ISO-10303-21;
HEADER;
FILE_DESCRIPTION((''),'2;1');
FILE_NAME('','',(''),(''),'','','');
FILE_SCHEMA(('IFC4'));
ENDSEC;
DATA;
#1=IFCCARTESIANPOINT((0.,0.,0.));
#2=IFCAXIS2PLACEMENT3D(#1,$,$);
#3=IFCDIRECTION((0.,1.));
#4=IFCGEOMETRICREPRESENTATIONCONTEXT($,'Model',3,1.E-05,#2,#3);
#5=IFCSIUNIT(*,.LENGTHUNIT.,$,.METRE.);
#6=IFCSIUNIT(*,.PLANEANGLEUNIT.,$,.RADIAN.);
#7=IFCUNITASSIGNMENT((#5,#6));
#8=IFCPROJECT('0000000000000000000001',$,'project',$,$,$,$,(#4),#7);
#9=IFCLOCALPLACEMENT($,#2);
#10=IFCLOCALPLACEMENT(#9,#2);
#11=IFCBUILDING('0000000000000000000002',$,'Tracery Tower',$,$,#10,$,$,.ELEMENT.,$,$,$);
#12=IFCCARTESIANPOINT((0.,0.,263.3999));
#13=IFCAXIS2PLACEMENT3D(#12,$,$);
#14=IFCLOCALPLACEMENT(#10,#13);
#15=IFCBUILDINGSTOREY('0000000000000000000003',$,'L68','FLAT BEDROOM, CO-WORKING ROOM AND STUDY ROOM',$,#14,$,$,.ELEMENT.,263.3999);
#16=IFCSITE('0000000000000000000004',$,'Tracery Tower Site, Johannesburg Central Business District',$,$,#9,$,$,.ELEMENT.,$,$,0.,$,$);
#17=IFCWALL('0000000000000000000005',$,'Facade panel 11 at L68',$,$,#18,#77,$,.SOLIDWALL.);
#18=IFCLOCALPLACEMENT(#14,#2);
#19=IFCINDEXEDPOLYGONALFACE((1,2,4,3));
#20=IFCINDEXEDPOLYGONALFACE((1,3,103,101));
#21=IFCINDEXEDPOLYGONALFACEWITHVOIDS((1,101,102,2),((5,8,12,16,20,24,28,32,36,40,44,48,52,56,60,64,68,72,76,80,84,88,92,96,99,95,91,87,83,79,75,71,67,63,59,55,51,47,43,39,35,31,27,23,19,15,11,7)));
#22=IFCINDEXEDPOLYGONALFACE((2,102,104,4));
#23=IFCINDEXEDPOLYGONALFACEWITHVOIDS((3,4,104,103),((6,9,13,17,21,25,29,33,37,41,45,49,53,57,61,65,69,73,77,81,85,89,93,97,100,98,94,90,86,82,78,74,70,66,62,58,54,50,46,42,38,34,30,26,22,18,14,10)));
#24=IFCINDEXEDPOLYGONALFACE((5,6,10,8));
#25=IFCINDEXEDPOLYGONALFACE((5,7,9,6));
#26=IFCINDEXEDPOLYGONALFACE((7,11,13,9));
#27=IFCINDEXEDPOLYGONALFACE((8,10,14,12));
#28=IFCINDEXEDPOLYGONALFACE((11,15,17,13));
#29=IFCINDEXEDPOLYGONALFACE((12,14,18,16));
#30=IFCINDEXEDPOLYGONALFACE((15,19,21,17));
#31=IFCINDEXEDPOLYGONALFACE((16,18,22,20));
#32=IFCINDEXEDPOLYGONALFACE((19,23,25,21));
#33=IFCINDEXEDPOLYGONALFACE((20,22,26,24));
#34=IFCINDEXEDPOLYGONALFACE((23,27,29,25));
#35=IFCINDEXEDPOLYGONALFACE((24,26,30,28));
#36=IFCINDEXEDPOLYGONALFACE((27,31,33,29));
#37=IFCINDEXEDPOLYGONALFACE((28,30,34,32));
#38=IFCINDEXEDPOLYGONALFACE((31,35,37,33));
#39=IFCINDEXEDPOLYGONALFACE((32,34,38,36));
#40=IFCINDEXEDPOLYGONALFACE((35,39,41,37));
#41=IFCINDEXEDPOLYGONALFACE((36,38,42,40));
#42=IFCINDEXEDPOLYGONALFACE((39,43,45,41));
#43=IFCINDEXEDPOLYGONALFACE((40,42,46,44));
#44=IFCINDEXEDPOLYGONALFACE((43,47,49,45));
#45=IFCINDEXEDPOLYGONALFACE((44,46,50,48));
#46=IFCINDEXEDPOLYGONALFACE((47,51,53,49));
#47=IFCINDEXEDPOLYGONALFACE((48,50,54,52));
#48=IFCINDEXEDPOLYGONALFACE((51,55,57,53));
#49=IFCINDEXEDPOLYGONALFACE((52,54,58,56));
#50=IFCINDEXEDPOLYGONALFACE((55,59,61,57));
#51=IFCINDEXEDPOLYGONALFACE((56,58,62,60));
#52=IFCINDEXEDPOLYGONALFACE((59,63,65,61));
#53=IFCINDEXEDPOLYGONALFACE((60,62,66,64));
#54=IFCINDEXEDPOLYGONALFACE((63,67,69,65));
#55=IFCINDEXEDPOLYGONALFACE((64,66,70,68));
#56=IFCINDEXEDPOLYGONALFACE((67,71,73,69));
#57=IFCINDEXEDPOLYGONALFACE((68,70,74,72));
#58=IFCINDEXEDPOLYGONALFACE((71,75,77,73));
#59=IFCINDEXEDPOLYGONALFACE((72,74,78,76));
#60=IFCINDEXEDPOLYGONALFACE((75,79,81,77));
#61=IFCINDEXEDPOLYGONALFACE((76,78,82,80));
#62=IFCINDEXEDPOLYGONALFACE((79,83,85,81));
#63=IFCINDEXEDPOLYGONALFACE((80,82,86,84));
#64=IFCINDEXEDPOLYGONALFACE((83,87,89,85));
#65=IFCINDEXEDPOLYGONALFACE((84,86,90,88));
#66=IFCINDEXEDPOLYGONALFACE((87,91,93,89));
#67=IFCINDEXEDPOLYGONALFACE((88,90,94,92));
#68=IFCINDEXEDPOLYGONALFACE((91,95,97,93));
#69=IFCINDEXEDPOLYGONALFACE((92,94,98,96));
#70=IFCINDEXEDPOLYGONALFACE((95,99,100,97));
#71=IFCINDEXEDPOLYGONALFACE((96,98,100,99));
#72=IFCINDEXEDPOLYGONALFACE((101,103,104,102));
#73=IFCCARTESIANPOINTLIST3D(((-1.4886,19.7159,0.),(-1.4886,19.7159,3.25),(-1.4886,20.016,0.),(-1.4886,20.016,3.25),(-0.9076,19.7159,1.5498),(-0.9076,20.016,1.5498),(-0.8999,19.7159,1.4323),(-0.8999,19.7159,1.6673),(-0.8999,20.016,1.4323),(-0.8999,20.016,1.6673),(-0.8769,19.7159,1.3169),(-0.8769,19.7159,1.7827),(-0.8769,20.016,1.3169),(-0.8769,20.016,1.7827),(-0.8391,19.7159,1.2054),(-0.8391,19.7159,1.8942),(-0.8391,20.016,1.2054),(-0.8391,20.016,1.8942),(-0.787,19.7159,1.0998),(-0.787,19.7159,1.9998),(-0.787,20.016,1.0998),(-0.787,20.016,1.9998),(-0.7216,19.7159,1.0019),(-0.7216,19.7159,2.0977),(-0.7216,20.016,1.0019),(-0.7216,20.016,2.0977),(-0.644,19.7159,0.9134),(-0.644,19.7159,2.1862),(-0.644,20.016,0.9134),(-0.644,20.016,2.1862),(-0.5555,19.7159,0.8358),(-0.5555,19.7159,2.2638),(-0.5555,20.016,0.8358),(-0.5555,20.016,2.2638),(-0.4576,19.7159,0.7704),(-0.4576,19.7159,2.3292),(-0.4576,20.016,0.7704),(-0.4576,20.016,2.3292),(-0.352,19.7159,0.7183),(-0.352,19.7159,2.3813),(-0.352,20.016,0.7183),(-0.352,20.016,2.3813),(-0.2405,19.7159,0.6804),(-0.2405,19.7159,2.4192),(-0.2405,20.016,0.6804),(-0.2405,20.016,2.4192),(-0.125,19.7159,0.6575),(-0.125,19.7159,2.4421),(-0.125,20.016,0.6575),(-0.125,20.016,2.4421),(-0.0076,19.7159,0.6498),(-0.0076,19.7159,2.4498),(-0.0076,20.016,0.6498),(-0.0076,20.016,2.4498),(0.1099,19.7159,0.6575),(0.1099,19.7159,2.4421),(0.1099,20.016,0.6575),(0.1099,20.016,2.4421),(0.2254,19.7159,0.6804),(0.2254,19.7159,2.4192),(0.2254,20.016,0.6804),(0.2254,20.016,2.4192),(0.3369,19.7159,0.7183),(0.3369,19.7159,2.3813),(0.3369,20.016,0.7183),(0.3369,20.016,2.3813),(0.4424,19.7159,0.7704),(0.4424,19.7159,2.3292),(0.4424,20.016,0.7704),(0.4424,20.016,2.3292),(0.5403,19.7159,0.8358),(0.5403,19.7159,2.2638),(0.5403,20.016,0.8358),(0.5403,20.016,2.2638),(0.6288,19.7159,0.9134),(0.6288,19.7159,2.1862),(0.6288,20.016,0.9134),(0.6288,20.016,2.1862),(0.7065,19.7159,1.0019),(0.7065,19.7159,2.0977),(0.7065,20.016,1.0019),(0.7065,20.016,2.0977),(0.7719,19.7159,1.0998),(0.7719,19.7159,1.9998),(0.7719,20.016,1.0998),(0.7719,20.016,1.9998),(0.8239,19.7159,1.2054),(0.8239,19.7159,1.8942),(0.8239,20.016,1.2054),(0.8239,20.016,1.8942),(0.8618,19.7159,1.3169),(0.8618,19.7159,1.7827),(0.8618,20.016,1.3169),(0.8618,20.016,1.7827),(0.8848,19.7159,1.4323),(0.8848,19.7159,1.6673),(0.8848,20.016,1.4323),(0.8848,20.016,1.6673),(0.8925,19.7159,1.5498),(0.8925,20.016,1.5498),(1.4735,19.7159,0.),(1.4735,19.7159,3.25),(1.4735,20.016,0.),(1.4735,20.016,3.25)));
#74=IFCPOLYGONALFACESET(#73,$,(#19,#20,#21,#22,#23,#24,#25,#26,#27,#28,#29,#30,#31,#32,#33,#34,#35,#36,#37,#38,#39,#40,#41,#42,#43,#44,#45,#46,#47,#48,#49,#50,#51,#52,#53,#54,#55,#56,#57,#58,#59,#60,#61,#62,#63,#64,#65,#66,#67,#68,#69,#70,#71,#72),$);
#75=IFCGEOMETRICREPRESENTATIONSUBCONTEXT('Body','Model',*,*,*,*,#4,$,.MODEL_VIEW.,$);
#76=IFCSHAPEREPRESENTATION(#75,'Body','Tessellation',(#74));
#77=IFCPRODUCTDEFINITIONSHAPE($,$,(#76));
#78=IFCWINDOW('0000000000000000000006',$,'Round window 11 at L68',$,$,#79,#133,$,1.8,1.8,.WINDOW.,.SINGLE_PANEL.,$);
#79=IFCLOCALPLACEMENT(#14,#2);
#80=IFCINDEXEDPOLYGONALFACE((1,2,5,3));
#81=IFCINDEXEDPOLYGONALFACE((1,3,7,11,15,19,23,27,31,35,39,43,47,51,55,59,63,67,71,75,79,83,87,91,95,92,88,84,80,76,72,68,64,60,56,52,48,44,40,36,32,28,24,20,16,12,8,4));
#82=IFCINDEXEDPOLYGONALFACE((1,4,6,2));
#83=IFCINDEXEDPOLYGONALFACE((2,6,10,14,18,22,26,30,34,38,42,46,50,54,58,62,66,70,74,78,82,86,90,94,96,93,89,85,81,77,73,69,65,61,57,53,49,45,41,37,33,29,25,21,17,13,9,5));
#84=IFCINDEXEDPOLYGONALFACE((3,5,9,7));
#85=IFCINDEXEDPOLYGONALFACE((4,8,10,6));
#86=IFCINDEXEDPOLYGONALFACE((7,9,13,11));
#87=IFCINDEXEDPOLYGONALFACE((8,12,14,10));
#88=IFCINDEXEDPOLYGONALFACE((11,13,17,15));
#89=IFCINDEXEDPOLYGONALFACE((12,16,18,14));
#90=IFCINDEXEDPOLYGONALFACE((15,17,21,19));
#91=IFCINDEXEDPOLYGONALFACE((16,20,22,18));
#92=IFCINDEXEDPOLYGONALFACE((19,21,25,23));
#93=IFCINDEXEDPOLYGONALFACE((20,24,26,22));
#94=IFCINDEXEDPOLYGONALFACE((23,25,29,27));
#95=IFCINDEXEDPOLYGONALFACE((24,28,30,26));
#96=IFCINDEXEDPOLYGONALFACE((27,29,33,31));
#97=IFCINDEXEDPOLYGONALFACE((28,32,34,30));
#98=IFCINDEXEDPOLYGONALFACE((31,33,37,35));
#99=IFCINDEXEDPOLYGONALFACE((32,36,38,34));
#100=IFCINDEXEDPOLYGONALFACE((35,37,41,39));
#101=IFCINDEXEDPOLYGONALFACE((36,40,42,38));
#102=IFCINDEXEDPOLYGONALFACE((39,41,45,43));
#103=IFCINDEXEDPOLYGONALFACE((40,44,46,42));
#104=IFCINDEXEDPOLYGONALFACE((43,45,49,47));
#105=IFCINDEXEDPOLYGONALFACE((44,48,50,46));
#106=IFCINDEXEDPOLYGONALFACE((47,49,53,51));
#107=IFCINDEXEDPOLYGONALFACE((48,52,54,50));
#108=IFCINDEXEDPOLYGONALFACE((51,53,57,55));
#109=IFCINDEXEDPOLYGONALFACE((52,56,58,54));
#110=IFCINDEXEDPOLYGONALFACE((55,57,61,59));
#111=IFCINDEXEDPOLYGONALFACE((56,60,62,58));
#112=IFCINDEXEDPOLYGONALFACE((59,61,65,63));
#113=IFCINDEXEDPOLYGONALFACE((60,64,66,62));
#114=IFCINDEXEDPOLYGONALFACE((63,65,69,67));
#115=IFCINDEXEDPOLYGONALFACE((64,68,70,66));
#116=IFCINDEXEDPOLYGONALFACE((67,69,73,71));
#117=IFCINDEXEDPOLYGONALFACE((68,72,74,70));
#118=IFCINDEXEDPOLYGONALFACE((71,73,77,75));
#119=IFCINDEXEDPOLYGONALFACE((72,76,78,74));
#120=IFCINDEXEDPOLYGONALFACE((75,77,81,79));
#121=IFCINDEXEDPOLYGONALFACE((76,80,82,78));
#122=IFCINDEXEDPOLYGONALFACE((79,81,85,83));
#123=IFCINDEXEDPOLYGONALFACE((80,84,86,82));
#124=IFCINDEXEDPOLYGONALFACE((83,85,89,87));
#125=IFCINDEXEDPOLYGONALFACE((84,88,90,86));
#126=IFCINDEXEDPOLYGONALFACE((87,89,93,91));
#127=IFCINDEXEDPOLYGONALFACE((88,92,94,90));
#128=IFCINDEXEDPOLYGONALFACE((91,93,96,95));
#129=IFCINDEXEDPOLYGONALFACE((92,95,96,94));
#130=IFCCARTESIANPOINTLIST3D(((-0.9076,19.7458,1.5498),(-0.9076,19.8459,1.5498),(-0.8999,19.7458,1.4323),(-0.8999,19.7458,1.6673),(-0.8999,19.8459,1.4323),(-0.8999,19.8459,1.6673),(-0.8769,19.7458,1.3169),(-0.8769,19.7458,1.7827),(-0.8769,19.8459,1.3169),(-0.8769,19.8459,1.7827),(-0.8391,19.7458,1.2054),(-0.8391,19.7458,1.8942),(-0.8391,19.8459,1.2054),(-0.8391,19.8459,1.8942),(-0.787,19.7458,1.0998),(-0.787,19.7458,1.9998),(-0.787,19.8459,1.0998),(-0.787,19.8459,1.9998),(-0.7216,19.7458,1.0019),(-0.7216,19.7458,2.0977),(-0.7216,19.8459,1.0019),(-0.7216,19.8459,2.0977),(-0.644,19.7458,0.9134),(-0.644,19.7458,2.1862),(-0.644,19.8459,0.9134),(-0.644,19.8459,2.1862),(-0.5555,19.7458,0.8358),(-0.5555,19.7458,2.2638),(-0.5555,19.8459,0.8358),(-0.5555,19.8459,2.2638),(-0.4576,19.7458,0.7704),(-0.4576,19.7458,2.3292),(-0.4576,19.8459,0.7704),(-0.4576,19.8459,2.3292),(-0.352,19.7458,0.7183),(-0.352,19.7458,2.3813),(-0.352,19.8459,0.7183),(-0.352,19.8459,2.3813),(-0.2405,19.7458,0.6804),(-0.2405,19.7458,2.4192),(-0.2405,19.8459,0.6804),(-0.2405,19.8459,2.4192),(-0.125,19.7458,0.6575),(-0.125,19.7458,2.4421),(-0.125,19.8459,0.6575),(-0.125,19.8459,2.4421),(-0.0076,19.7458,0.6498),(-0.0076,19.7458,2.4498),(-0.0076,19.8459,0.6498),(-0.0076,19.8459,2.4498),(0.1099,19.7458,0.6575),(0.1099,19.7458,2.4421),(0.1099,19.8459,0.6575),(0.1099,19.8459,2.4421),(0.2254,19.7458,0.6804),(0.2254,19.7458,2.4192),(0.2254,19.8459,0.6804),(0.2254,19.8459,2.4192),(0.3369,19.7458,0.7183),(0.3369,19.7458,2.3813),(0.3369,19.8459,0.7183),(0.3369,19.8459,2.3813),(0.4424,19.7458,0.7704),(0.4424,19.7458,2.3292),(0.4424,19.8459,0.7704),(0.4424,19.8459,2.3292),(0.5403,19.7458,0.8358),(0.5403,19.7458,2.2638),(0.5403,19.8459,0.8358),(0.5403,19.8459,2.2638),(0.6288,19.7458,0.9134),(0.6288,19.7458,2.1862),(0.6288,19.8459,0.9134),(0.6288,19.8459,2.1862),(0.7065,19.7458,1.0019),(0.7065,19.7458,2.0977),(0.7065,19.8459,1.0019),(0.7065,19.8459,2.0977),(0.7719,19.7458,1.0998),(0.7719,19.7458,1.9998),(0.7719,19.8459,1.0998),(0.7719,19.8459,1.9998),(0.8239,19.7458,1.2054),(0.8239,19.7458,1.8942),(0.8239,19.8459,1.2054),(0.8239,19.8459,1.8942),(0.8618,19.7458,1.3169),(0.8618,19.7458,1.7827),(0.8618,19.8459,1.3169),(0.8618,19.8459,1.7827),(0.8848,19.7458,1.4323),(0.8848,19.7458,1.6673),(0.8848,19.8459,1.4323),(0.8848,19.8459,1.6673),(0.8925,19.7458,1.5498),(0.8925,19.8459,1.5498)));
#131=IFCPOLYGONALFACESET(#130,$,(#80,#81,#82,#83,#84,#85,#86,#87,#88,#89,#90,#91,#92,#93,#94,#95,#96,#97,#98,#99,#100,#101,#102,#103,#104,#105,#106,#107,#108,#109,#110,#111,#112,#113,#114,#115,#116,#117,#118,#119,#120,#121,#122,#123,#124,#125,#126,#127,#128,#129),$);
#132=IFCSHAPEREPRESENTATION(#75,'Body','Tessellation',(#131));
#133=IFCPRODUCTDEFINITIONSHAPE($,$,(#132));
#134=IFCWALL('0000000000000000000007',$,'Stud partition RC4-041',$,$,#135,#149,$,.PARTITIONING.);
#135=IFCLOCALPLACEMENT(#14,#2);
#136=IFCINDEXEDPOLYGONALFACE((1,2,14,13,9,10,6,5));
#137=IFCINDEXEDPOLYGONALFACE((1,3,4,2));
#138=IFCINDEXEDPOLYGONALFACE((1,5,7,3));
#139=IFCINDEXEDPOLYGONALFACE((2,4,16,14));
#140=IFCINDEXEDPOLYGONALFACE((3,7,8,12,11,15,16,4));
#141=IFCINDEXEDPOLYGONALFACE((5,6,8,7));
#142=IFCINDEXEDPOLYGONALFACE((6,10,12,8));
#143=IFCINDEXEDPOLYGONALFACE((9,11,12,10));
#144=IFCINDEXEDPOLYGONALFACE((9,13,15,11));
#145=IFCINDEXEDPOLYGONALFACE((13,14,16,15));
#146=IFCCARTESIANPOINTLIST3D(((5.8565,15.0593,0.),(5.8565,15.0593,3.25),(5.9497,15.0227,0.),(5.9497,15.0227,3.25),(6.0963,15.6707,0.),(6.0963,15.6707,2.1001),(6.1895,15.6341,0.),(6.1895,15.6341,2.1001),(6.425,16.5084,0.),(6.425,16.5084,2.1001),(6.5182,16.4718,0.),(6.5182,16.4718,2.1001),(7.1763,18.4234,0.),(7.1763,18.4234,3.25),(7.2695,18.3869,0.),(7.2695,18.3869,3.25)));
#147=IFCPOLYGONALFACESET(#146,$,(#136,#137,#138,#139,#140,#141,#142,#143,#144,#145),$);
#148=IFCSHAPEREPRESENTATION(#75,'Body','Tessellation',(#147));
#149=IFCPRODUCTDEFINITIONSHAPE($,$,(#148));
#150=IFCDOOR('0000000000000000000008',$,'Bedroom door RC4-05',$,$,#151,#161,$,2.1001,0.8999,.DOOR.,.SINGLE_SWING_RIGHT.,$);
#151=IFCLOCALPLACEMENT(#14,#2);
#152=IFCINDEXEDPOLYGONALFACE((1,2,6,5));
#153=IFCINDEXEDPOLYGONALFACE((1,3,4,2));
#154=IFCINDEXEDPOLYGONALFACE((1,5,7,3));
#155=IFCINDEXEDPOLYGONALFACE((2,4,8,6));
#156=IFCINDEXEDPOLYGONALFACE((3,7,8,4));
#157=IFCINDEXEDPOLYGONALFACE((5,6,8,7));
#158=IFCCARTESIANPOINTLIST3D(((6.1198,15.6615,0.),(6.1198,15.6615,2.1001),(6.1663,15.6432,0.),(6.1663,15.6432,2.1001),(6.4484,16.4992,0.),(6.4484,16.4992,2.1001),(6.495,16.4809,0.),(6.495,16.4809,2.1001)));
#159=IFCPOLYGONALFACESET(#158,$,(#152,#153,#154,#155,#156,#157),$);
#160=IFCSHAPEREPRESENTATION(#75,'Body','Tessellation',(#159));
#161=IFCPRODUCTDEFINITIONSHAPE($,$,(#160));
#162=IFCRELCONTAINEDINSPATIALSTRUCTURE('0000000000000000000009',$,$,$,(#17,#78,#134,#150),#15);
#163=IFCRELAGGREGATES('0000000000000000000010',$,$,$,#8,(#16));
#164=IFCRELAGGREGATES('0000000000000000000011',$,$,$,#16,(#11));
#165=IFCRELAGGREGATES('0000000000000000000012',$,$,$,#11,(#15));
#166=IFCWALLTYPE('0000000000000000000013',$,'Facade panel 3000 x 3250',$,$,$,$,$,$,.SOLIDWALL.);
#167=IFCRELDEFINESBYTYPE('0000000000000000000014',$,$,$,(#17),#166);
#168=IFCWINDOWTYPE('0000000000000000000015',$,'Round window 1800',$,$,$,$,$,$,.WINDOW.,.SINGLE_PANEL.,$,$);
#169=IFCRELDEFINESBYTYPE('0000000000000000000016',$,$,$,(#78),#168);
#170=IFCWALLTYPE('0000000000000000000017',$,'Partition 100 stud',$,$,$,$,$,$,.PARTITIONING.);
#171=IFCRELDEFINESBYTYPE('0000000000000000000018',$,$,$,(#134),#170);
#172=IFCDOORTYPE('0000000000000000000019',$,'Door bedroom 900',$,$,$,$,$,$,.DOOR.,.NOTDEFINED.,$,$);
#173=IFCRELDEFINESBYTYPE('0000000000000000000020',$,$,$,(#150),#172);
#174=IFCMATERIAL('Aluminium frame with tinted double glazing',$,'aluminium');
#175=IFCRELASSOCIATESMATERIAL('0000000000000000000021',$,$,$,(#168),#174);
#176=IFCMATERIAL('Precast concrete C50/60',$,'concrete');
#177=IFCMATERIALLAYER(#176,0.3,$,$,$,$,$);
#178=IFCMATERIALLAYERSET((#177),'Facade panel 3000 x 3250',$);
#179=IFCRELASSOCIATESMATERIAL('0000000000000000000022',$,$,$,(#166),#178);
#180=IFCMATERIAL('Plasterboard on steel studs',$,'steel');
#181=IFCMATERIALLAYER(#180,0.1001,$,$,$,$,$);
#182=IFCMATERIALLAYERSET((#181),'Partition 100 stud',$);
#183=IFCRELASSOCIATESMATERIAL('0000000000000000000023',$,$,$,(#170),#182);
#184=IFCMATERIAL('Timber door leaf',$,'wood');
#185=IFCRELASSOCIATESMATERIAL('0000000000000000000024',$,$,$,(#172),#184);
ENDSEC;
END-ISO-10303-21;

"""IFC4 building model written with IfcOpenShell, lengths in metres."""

from ifc_helpers import new_model, si_unit, direction, frame, frame_2d, origin, origin_2d, place, context, subcontext, project, spatial, rectangle, circle, extrude, material, layer, layer_set, type_object, element, fill, save


model = new_model("IFC4")

# Units and contexts
model_context = context("Model", 3, precision=1e-05, world=origin(), true_north=direction((0.0, 1.0)))
body_context = subcontext(model_context, "Body", "Model", "MODEL_VIEW")
ifc_project = project(units=[si_unit("LENGTHUNIT", "METRE"), si_unit("PLANEANGLEUNIT", "RADIAN")], contexts=[model_context])

# Site, building, storey
site_placement = place(None, origin())
site = spatial("IfcSite", under=ifc_project, at=site_placement, Name="Tracery Tower Site, Johannesburg Central Business District", CompositionType="ELEMENT", RefElevation=0.0)
building_placement = place(site_placement, origin())
building = spatial("IfcBuilding", under=site, at=building_placement, Name="Tracery Tower", CompositionType="ELEMENT")
storey_placement = place(building_placement, frame((0.0, 0.0, 263.3999)))
storey = spatial("IfcBuildingStorey", under=building, at=storey_placement, Name="L68", Description="FLAT BEDROOM, CO-WORKING ROOM AND STUDY ROOM", CompositionType="ELEMENT", Elevation=263.3999)

# Wall, opening, window
ifc_material_1 = material(Name="Aluminium frame with tinted double glazing", Category="aluminium")
window_type = type_object("IfcWindowType", Name="Round window 1800", PartitioningType="SINGLE_PANEL", PredefinedType="WINDOW", material=ifc_material_1)
ifc_material_2 = material(Name="Precast concrete C50/60", Category="concrete")
ifc_layer_1 = layer(ifc_material_2, 0.3)
ifc_layer_set_1 = layer_set([ifc_layer_1], Name="Facade panel 3000 x 3250")
wall_type_1 = type_object("IfcWallType", Name="Facade panel 3000 x 3250", PredefinedType="SOLIDWALL", material=ifc_layer_set_1)
wall_1_placement = place(storey_placement, frame((1.4734, 19.866, 0.0), z_axis=(0.0, 0.0, 1.0), x_axis=(-1.0, 0.0, 0.0)))
wall_1 = element("IfcWall", 1, at=wall_1_placement, inside=storey, type_object=wall_type_1, Name="Facade panel 11 at L68", PredefinedType="SOLIDWALL", context=body_context, shape_type="SweptSolid", body=[
    extrude(rectangle(XDim=2.9622, YDim=0.3, at=frame_2d((1.481, 0.0))), origin(), (0.0, 0.0, 1.0), 3.25),
])
opening_1_placement = place(wall_1_placement, frame((1.481, 0.0, 1.5498)))
opening_1 = element("IfcOpeningElement", 2, at=opening_1_placement, cuts=wall_1, PredefinedType="OPENING", context=body_context, shape_type="SweptSolid", body=[
    extrude(circle(Radius=0.9, at=origin_2d()), frame((0.0, 0.1599, 0.0), z_axis=(0.0, -1.0, 0.0), x_axis=(1.0, 0.0, 0.0)), (0.0, 0.0, 1.0), 0.3201),
])
window_1_placement = place(opening_1_placement, origin())
window_1 = element("IfcWindow", 3, at=window_1_placement, inside=storey, type_object=window_type, Name="Round window 11 at L68", OverallHeight=1.8, OverallWidth=1.8, PartitioningType="SINGLE_PANEL", PredefinedType="WINDOW", context=body_context, shape_type="SweptSolid", body=[
    extrude(circle(Radius=0.9, at=origin_2d()), frame((0.0, 0.1201, 0.0), z_axis=(0.0, -1.0, 0.0), x_axis=(1.0, 0.0, 0.0)), (0.0, 0.0, 1.0), 0.1001),
])
fill(opening_1, window_1)

# Wall, opening, door
ifc_material_3 = material(Name="Plasterboard on steel studs", Category="steel")
ifc_layer_2 = layer(ifc_material_3, 0.1001)
ifc_layer_set_2 = layer_set([ifc_layer_2], Name="Partition 100 stud")
wall_type_2 = type_object("IfcWallType", Name="Partition 100 stud", PredefinedType="PARTITIONING", material=ifc_layer_set_2)
wall_2_placement = place(storey_placement, frame((5.9031, 15.041, 0.0), z_axis=(0.0, 0.0, 1.0), x_axis=(0.365232, 0.930916, 0.0)))
wall_2 = element("IfcWall", 4, at=wall_2_placement, inside=storey, type_object=wall_type_2, Name="Stud partition RC4-041", PredefinedType="PARTITIONING", context=body_context, shape_type="SweptSolid", body=[
    extrude(rectangle(XDim=3.6138, YDim=0.1001, at=frame_2d((1.8069, 0.0))), origin(), (0.0, 0.0, 1.0), 3.25),
])
opening_2_placement = place(wall_2_placement, frame((0.6567, 0.0, 0.0)))
opening_2 = element("IfcOpeningElement", 5, at=opening_2_placement, cuts=wall_2, PredefinedType="OPENING", context=body_context, shape_type="SweptSolid", body=[
    extrude(rectangle(XDim=0.8999, YDim=2.1001, at=frame_2d((0.45, 1.05))), frame((0.0, 0.05, 0.0), z_axis=(0.0, -1.0, 0.0), x_axis=(1.0, 0.0, 0.0)), (0.0, 0.0, 1.0), 0.1001),
])
ifc_material_4 = material(Name="Timber door leaf", Category="wood")
door_type_1 = type_object("IfcDoorType", Name="Door bedroom 900", OperationType="NOTDEFINED", PredefinedType="DOOR", material=ifc_material_4)
door_1_placement = place(opening_2_placement, origin())
door_1 = element("IfcDoor", 6, at=door_1_placement, inside=storey, type_object=door_type_1, Name="Bedroom door RC4-05", OperationType="SINGLE_SWING_RIGHT", OverallHeight=2.1001, OverallWidth=0.8999, PredefinedType="DOOR", context=body_context, shape_type="SweptSolid", body=[
    extrude(rectangle(XDim=0.8999, YDim=2.1001, at=frame_2d((0.45, 1.05))), frame((0.0, 0.0249, 0.0), z_axis=(0.0, -1.0, 0.0), x_axis=(1.0, 0.0, 0.0)), (0.0, 0.0, 1.0), 0.05),
])
fill(opening_2, door_1)

save(model, "model.ifc")
